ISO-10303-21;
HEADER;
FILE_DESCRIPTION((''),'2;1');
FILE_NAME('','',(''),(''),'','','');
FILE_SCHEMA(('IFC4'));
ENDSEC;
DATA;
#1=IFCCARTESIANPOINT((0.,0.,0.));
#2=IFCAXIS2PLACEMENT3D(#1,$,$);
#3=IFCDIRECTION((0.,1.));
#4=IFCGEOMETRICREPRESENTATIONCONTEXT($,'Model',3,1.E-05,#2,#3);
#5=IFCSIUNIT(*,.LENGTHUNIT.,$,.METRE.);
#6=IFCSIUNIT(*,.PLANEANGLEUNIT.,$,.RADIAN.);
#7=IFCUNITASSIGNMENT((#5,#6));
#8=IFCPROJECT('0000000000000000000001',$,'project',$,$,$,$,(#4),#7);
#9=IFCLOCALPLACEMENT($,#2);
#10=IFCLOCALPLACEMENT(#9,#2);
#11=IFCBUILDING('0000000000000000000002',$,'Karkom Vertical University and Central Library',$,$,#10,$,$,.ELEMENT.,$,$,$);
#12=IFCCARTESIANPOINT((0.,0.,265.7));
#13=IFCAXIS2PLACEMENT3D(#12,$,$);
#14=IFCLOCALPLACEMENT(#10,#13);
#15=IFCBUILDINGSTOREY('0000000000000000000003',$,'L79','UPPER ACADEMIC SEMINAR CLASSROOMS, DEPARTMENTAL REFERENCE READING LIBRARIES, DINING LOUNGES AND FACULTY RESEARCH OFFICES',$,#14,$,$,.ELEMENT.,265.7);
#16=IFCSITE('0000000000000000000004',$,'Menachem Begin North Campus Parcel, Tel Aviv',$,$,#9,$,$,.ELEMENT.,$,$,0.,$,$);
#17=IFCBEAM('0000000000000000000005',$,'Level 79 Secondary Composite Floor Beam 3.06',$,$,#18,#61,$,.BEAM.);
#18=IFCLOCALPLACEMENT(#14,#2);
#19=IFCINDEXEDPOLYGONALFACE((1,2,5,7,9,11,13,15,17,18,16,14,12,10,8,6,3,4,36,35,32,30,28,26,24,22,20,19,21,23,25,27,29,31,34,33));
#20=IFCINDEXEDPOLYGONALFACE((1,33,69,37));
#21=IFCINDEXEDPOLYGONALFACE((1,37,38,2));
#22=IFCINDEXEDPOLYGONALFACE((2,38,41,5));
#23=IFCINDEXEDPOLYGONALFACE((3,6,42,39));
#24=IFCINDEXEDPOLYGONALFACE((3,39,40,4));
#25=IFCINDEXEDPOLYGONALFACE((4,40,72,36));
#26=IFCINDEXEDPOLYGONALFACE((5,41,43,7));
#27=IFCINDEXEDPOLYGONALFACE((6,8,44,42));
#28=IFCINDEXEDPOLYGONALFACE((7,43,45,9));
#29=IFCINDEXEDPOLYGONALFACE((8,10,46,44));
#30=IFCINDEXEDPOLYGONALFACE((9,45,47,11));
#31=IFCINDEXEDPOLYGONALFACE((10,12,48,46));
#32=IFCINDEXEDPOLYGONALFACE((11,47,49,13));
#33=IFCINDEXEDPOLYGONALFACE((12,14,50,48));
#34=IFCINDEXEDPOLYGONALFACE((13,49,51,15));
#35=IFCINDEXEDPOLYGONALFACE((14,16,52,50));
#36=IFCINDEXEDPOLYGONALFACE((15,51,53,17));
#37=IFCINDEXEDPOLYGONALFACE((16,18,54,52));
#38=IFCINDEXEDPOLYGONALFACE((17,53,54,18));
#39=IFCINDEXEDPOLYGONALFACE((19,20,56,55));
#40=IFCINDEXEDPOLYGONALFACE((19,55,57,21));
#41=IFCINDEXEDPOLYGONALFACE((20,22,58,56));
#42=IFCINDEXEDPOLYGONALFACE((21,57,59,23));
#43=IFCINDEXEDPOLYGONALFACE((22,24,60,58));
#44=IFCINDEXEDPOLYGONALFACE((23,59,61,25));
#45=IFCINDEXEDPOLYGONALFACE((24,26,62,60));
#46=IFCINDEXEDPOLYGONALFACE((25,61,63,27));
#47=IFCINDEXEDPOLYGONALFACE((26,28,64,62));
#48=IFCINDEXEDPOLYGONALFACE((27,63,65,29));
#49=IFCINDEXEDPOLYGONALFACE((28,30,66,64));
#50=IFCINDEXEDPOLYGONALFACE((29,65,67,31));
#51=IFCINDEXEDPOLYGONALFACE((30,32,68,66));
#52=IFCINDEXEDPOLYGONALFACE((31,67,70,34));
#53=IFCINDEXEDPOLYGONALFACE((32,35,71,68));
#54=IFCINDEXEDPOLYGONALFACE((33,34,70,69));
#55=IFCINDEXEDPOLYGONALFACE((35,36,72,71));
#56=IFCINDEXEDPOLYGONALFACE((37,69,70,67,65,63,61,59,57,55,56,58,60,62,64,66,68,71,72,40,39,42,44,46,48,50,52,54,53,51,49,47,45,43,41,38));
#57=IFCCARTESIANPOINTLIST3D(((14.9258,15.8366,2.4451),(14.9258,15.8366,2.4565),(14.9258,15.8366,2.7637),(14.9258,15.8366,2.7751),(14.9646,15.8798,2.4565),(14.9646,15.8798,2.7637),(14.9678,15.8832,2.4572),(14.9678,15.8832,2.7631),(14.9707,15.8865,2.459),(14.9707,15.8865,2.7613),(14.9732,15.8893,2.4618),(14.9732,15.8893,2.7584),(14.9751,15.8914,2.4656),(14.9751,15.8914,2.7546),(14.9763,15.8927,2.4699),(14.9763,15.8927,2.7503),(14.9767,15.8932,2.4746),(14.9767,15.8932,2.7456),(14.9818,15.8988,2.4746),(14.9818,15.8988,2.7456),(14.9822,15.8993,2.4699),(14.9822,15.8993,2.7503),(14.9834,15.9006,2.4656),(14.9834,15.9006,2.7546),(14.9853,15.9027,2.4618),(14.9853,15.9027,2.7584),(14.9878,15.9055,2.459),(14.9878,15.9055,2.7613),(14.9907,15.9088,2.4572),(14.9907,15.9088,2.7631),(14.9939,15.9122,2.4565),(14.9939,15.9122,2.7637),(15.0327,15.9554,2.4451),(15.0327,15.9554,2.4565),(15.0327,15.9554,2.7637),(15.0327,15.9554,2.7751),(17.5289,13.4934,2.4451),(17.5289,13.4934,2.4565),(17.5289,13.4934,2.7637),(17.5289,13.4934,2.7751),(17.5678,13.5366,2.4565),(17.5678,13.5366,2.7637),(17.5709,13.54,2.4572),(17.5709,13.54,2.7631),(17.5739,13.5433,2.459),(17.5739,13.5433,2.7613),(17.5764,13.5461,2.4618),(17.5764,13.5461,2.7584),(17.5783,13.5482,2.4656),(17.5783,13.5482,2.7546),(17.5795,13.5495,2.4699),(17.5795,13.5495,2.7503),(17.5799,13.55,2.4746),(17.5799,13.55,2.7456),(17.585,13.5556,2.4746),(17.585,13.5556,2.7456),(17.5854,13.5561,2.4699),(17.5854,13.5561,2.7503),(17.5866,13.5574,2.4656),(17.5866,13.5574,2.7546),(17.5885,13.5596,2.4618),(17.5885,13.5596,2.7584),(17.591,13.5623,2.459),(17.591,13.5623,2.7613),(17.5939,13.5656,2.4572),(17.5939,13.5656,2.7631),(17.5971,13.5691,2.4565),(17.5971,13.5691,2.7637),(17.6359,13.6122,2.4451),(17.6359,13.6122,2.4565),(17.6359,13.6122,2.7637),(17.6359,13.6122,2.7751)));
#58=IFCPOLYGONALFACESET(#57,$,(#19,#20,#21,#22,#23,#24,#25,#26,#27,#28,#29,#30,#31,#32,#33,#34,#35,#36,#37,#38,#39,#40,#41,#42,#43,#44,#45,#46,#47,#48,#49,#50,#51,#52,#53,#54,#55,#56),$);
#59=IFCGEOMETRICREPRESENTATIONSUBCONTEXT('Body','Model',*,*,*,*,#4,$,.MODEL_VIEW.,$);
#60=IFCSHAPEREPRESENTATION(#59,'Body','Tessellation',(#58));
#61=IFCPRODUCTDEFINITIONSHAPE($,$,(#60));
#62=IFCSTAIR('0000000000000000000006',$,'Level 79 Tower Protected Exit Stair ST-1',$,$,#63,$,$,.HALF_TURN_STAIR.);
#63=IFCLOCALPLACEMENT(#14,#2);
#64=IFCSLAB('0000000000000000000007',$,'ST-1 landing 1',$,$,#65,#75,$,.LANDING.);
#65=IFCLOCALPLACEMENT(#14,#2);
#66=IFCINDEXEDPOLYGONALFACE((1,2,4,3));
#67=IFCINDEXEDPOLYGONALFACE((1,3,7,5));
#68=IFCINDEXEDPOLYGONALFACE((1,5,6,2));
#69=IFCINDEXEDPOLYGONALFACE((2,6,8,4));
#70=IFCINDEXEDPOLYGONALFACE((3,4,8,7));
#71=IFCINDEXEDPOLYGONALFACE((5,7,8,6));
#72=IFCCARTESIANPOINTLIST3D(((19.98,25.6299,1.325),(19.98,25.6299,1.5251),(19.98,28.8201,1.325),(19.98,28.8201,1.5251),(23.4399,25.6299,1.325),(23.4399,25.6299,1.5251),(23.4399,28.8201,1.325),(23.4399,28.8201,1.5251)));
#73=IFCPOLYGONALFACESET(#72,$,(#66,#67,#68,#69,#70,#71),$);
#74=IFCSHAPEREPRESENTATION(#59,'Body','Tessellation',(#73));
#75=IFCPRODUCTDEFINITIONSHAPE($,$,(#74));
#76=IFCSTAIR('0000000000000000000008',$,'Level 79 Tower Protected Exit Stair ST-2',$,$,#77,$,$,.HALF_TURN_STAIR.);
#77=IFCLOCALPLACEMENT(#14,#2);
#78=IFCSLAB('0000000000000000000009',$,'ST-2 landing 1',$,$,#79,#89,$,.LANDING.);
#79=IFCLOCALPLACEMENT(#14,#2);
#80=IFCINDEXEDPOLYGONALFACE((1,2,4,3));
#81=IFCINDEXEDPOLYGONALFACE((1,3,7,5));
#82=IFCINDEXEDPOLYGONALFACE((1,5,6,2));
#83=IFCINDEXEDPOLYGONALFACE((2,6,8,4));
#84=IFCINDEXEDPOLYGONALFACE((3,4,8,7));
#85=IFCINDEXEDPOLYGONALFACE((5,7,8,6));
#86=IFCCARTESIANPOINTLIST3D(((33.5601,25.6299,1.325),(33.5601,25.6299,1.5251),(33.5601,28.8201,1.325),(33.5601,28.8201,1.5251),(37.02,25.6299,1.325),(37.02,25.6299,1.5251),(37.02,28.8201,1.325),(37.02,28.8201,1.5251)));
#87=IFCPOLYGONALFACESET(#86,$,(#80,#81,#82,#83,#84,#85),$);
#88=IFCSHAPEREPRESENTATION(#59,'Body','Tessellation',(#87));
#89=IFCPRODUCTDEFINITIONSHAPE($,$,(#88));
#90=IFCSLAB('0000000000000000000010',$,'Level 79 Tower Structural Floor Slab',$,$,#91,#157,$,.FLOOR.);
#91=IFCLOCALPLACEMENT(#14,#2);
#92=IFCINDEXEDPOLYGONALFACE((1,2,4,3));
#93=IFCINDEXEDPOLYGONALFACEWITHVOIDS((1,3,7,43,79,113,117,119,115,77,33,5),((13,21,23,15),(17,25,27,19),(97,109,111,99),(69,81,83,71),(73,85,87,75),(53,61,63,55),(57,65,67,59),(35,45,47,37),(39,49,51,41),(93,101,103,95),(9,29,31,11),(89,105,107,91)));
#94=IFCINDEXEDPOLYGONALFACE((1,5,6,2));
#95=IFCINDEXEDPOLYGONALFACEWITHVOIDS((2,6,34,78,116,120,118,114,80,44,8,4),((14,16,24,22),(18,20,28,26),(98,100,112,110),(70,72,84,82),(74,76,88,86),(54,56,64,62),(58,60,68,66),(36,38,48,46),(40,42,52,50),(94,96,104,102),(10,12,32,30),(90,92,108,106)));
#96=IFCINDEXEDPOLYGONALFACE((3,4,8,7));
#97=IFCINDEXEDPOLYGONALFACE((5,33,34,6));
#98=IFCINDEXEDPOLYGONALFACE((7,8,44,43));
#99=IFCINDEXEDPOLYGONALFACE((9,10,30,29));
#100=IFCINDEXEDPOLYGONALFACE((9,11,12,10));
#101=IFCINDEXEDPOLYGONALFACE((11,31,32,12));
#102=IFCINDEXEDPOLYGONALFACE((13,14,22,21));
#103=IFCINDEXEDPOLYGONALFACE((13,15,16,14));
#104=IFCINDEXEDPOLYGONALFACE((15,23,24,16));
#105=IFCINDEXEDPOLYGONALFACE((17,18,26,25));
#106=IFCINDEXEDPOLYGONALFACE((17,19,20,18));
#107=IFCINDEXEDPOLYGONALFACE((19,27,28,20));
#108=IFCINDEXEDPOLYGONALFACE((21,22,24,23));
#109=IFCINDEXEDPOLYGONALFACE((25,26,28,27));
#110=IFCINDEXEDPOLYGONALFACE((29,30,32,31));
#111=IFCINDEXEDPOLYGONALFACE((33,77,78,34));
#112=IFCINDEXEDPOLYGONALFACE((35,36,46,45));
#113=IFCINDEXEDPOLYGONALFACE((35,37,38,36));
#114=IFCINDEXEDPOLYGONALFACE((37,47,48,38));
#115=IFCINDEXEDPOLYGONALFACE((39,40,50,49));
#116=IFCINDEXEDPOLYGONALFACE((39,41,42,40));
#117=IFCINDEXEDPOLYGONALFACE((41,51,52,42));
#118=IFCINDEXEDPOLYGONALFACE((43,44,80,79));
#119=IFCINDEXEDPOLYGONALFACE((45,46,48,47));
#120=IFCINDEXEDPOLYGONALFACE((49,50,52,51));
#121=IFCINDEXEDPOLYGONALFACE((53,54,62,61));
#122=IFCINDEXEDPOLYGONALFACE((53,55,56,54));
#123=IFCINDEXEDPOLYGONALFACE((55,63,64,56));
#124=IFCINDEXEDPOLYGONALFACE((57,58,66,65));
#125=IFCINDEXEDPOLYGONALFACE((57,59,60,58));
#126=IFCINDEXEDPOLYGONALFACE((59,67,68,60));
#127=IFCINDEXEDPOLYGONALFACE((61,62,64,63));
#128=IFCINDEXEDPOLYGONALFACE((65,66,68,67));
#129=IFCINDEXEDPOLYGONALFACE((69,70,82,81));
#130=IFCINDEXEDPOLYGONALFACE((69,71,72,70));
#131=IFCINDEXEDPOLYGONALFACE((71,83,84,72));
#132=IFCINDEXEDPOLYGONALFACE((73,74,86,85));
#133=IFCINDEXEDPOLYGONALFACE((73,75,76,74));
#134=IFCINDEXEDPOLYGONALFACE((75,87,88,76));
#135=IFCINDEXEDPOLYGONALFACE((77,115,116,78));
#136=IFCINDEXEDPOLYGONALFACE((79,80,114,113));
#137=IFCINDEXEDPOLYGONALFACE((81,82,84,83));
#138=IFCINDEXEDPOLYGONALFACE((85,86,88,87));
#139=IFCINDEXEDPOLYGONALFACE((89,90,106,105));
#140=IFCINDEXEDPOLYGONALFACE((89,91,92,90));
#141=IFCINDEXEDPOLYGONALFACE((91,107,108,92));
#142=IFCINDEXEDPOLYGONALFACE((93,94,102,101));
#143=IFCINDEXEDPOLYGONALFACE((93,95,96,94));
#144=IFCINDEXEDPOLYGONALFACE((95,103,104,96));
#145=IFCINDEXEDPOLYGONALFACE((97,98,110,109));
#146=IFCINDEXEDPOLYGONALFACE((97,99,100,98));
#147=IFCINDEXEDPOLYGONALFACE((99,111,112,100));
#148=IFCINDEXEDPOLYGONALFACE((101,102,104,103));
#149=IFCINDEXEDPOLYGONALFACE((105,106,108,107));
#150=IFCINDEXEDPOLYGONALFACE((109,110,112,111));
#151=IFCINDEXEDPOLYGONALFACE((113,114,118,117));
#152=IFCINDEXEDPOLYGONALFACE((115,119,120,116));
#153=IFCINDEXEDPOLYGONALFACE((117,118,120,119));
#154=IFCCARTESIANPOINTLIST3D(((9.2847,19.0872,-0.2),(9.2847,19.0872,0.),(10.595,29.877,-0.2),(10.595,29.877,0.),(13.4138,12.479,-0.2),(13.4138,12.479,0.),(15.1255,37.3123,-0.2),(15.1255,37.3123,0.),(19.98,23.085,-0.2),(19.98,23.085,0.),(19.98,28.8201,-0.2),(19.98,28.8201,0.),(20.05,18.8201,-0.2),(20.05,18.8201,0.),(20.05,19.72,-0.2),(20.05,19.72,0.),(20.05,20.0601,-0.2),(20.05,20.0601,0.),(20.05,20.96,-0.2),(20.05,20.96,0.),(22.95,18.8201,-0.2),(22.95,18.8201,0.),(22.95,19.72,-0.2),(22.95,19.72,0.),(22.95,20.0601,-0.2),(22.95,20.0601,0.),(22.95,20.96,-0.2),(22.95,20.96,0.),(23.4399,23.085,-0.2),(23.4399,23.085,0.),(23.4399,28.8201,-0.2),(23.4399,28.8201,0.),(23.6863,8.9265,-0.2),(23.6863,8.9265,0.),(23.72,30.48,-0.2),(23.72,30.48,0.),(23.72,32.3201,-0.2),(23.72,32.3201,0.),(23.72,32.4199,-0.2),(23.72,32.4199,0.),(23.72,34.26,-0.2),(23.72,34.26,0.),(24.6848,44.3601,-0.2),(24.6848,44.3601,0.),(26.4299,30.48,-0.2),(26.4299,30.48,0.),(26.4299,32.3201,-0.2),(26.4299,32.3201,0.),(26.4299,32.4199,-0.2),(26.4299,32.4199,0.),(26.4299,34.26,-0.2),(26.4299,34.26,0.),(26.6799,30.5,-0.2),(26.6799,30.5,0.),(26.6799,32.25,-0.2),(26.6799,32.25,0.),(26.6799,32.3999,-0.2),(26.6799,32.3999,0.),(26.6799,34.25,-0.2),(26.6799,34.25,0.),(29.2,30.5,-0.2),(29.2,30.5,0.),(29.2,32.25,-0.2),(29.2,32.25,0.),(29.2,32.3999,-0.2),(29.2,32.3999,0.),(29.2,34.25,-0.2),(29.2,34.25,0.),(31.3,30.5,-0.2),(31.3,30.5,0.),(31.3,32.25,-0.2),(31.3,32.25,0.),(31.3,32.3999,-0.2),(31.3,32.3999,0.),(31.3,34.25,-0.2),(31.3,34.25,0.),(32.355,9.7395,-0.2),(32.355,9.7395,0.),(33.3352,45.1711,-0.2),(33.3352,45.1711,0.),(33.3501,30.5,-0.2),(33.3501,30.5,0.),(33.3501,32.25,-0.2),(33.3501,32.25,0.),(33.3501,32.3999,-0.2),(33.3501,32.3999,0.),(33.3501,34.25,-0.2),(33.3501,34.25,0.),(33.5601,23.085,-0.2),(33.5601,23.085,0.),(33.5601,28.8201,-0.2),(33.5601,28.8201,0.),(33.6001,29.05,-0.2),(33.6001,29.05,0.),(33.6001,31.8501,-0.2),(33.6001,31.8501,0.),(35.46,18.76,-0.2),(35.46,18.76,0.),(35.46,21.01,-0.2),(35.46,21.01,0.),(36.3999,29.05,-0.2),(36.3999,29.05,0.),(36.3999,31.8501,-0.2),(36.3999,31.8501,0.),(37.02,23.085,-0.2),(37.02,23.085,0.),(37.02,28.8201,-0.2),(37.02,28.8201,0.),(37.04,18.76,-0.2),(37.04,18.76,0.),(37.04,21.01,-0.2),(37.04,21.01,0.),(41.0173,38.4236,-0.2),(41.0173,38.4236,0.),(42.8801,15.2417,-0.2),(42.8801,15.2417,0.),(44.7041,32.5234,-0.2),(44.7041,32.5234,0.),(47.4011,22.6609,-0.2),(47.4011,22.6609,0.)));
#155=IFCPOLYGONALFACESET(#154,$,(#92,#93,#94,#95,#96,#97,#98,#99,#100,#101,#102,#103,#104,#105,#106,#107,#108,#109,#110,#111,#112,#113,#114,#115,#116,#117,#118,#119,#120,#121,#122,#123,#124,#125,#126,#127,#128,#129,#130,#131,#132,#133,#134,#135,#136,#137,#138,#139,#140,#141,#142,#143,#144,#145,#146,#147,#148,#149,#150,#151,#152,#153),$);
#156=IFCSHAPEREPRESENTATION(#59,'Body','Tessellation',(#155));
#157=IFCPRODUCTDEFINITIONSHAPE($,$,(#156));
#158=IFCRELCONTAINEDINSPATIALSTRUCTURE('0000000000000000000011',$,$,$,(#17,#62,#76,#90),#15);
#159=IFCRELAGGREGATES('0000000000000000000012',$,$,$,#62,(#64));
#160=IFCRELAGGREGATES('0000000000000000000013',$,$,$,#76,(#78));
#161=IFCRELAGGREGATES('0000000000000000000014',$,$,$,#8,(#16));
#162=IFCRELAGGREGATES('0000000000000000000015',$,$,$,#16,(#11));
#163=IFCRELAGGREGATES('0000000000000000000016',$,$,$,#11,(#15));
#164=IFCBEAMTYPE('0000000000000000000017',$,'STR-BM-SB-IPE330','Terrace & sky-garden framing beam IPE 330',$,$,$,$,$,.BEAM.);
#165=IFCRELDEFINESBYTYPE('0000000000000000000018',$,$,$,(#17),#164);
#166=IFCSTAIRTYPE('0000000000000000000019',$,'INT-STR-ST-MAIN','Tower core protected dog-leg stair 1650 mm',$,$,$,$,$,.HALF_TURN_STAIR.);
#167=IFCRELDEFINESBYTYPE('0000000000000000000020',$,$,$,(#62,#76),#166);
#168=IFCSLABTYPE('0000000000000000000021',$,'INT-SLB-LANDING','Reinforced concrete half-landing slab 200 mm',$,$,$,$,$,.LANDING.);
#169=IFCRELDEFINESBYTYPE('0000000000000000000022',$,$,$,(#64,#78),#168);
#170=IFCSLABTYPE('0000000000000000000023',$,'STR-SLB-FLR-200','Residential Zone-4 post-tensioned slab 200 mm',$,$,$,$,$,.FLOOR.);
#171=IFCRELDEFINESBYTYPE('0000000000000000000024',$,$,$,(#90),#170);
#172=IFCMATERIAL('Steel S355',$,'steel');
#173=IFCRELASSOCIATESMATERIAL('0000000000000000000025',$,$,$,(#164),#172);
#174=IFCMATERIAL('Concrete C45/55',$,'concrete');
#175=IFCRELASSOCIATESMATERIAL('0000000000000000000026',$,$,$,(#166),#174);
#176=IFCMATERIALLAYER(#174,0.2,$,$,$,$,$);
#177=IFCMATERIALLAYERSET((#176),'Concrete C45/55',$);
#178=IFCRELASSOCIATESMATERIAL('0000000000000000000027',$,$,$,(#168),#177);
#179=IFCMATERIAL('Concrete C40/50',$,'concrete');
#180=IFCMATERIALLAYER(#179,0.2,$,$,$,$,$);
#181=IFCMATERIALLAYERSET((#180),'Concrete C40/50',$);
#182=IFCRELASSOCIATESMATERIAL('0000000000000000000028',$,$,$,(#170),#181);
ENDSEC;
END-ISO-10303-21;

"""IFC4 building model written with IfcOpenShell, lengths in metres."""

from ifc_helpers import new_model, si_unit, direction, frame, origin, origin_with_axes, origin_2d, place, context, subcontext, project, spatial, polyline, i_section, outline, extrude, source, transform, mapped, material, layer, layer_set, material_profile, profile_set, type_object, element, aggregate, save


model = new_model("IFC4")

# Units and contexts
model_context = context("Model", 3, precision=1e-05, world=origin(), true_north=direction((0.0, 1.0)))
body_context = subcontext(model_context, "Body", "Model", "MODEL_VIEW")
ifc_project = project(units=[si_unit("LENGTHUNIT", "METRE"), si_unit("PLANEANGLEUNIT", "RADIAN")], contexts=[model_context])

# Site, building, storey
site_placement = place(None, origin())
site = spatial("IfcSite", under=ifc_project, at=site_placement, Name="Menachem Begin North Campus Parcel, Tel Aviv", CompositionType="ELEMENT", RefElevation=0.0)
building_placement = place(site_placement, origin())
building = spatial("IfcBuilding", under=site, at=building_placement, Name="Karkom Vertical University and Central Library", CompositionType="ELEMENT")
storey_placement = place(building_placement, frame((0.0, 0.0, 265.7)))
storey = spatial("IfcBuildingStorey", under=building, at=storey_placement, Name="L79", Description="UPPER ACADEMIC SEMINAR CLASSROOMS, DEPARTMENTAL REFERENCE READING LIBRARIES, DINING LOUNGES AND FACULTY RESEARCH OFFICES", CompositionType="ELEMENT", Elevation=265.7)

# Shared definitions
ifc_material_1 = material(Name="Concrete C45/55", Category="concrete")

# Beam
ifc_material_2 = material(Name="Steel S355", Category="steel")
ifc_material_profile_1 = material_profile(ifc_material_2, i_section(OverallWidth=0.1599, OverallDepth=0.3301, WebThickness=0.0076, FlangeThickness=0.0115, FilletRadius=0.0181, at=origin_2d()), Name="IPE 330")
ifc_profile_set_1 = profile_set([ifc_material_profile_1], Name="Steel S355")
beam_type_1 = type_object("IfcBeamType", Name="STR-BM-SB-IPE330", Description="Terrace & sky-garden framing beam IPE 330", PredefinedType="BEAM", material=ifc_profile_set_1)
shared_shape_1 = source(origin_with_axes(), body_context, "Body", "SweptSolid", [
    extrude(i_section(OverallWidth=0.1599, OverallDepth=0.3301, WebThickness=0.0076, FlangeThickness=0.0115, FilletRadius=0.0181, at=origin_2d()), origin(), (0.0, 0.0, 1.0), 3.5024),
])
beam_1_placement = place(storey_placement, frame((14.9792, 15.896, 2.6101), z_axis=(0.743249, -0.669015, 0.0), x_axis=(0.669015, 0.743249, 0.0)))
element("IfcBeam", 1, at=beam_1_placement, inside=storey, type_object=beam_type_1, Name="Level 79 Secondary Composite Floor Beam 3.06", PredefinedType="BEAM", context=body_context, shape_type="MappedRepresentation", body=[
    mapped(shared_shape_1, transform((0.0, 0.0, 0.0), scale=1.0)),
])

# Stairs, slabs
stair_type = type_object("IfcStairType", Name="INT-STR-ST-MAIN", Description="Tower core protected dog-leg stair 1650 mm", PredefinedType="HALF_TURN_STAIR", material=ifc_material_1)
stair_1_placement = place(storey_placement, origin())
stair_1 = element("IfcStair", 2, at=stair_1_placement, inside=storey, type_object=stair_type, Name="Level 79 Tower Protected Exit Stair ST-1", PredefinedType="HALF_TURN_STAIR")
ifc_layer_1 = layer(ifc_material_1, 0.2)
ifc_layer_set_1 = layer_set([ifc_layer_1], Name="Concrete C45/55")
slab_type_1 = type_object("IfcSlabType", Name="INT-SLB-LANDING", Description="Reinforced concrete half-landing slab 200 mm", PredefinedType="LANDING", material=ifc_layer_set_1)
slab_1_placement = place(storey_placement, frame((0.0, 0.0, 1.325)))
slab_1 = element("IfcSlab", 3, at=slab_1_placement, type_object=slab_type_1, Name="ST-1 landing 1", PredefinedType="LANDING", context=body_context, shape_type="SweptSolid", body=[
    extrude(outline(polyline([(23.4399, 25.6299), (23.4399, 28.8201), (19.98, 28.8201), (19.98, 25.6299), (23.4399, 25.6299)])), origin(), (0.0, 0.0, 1.0), 0.2002),
])
aggregate(stair_1, [slab_1])
stair_2_placement = place(storey_placement, origin())
stair_2 = element("IfcStair", 4, at=stair_2_placement, inside=storey, type_object=stair_type, Name="Level 79 Tower Protected Exit Stair ST-2", PredefinedType="HALF_TURN_STAIR")
slab_2_placement = place(storey_placement, frame((0.0, 0.0, 1.325)))
slab_2 = element("IfcSlab", 5, at=slab_2_placement, type_object=slab_type_1, Name="ST-2 landing 1", PredefinedType="LANDING", context=body_context, shape_type="SweptSolid", body=[
    extrude(outline(polyline([(37.02, 25.6299), (37.02, 28.8201), (33.5601, 28.8201), (33.5601, 25.6299), (37.02, 25.6299)])), origin(), (0.0, 0.0, 1.0), 0.2002),
])
aggregate(stair_2, [slab_2])

# Slab
ifc_material_3 = material(Name="Concrete C40/50", Category="concrete")
ifc_layer_2 = layer(ifc_material_3, 0.2)
ifc_layer_set_2 = layer_set([ifc_layer_2], Name="Concrete C40/50")
slab_type_2 = type_object("IfcSlabType", Name="STR-SLB-FLR-200", Description="Residential Zone-4 post-tensioned slab 200 mm", PredefinedType="FLOOR", material=ifc_layer_set_2)
slab_3_placement = place(storey_placement, frame((0.0, 0.0, -0.2)))
element("IfcSlab", 6, at=slab_3_placement, inside=storey, type_object=slab_type_2, Name="Level 79 Tower Structural Floor Slab", PredefinedType="FLOOR", context=body_context, shape_type="SweptSolid", body=[
    extrude(outline(polyline([(9.2847, 19.0872), (13.4138, 12.479), (23.6863, 8.9265), (32.355, 9.7395), (42.8801, 15.2417), (47.4011, 22.6609), (44.7041, 32.5234), (41.0173, 38.4236), (33.3352, 45.1711), (24.6848, 44.3601), (15.1255, 37.3123), (10.595, 29.877), (9.2847, 19.0872)]), holes=[polyline([(19.98, 23.085), (23.4399, 23.085), (23.4399, 28.8201), (19.98, 28.8201), (19.98, 23.085)]), polyline([(33.5601, 23.085), (37.02, 23.085), (37.02, 28.8201), (33.5601, 28.8201), (33.5601, 23.085)]), polyline([(26.6799, 30.5), (29.2, 30.5), (29.2, 32.25), (26.6799, 32.25), (26.6799, 30.5)]), polyline([(26.6799, 32.3999), (29.2, 32.3999), (29.2, 34.25), (26.6799, 34.25), (26.6799, 32.3999)]), polyline([(31.3, 30.5), (33.3501, 30.5), (33.3501, 32.25), (31.3, 32.25), (31.3, 30.5)]), polyline([(31.3, 32.3999), (33.3501, 32.3999), (33.3501, 34.25), (31.3, 34.25), (31.3, 32.3999)]), polyline([(23.72, 30.48), (26.4299, 30.48), (26.4299, 32.3201), (23.72, 32.3201), (23.72, 30.48)]), polyline([(23.72, 32.4199), (26.4299, 32.4199), (26.4299, 34.26), (23.72, 34.26), (23.72, 32.4199)]), polyline([(33.6001, 29.05), (36.3999, 29.05), (36.3999, 31.8501), (33.6001, 31.8501), (33.6001, 29.05)]), polyline([(20.05, 18.8201), (22.95, 18.8201), (22.95, 19.72), (20.05, 19.72), (20.05, 18.8201)]), polyline([(20.05, 20.0601), (22.95, 20.0601), (22.95, 20.96), (20.05, 20.96), (20.05, 20.0601)]), polyline([(35.46, 18.76), (37.04, 18.76), (37.04, 21.01), (35.46, 21.01), (35.46, 18.76)])]), origin(), (0.0, 0.0, 1.0), 0.2),
])

save(model, "model.ifc")
